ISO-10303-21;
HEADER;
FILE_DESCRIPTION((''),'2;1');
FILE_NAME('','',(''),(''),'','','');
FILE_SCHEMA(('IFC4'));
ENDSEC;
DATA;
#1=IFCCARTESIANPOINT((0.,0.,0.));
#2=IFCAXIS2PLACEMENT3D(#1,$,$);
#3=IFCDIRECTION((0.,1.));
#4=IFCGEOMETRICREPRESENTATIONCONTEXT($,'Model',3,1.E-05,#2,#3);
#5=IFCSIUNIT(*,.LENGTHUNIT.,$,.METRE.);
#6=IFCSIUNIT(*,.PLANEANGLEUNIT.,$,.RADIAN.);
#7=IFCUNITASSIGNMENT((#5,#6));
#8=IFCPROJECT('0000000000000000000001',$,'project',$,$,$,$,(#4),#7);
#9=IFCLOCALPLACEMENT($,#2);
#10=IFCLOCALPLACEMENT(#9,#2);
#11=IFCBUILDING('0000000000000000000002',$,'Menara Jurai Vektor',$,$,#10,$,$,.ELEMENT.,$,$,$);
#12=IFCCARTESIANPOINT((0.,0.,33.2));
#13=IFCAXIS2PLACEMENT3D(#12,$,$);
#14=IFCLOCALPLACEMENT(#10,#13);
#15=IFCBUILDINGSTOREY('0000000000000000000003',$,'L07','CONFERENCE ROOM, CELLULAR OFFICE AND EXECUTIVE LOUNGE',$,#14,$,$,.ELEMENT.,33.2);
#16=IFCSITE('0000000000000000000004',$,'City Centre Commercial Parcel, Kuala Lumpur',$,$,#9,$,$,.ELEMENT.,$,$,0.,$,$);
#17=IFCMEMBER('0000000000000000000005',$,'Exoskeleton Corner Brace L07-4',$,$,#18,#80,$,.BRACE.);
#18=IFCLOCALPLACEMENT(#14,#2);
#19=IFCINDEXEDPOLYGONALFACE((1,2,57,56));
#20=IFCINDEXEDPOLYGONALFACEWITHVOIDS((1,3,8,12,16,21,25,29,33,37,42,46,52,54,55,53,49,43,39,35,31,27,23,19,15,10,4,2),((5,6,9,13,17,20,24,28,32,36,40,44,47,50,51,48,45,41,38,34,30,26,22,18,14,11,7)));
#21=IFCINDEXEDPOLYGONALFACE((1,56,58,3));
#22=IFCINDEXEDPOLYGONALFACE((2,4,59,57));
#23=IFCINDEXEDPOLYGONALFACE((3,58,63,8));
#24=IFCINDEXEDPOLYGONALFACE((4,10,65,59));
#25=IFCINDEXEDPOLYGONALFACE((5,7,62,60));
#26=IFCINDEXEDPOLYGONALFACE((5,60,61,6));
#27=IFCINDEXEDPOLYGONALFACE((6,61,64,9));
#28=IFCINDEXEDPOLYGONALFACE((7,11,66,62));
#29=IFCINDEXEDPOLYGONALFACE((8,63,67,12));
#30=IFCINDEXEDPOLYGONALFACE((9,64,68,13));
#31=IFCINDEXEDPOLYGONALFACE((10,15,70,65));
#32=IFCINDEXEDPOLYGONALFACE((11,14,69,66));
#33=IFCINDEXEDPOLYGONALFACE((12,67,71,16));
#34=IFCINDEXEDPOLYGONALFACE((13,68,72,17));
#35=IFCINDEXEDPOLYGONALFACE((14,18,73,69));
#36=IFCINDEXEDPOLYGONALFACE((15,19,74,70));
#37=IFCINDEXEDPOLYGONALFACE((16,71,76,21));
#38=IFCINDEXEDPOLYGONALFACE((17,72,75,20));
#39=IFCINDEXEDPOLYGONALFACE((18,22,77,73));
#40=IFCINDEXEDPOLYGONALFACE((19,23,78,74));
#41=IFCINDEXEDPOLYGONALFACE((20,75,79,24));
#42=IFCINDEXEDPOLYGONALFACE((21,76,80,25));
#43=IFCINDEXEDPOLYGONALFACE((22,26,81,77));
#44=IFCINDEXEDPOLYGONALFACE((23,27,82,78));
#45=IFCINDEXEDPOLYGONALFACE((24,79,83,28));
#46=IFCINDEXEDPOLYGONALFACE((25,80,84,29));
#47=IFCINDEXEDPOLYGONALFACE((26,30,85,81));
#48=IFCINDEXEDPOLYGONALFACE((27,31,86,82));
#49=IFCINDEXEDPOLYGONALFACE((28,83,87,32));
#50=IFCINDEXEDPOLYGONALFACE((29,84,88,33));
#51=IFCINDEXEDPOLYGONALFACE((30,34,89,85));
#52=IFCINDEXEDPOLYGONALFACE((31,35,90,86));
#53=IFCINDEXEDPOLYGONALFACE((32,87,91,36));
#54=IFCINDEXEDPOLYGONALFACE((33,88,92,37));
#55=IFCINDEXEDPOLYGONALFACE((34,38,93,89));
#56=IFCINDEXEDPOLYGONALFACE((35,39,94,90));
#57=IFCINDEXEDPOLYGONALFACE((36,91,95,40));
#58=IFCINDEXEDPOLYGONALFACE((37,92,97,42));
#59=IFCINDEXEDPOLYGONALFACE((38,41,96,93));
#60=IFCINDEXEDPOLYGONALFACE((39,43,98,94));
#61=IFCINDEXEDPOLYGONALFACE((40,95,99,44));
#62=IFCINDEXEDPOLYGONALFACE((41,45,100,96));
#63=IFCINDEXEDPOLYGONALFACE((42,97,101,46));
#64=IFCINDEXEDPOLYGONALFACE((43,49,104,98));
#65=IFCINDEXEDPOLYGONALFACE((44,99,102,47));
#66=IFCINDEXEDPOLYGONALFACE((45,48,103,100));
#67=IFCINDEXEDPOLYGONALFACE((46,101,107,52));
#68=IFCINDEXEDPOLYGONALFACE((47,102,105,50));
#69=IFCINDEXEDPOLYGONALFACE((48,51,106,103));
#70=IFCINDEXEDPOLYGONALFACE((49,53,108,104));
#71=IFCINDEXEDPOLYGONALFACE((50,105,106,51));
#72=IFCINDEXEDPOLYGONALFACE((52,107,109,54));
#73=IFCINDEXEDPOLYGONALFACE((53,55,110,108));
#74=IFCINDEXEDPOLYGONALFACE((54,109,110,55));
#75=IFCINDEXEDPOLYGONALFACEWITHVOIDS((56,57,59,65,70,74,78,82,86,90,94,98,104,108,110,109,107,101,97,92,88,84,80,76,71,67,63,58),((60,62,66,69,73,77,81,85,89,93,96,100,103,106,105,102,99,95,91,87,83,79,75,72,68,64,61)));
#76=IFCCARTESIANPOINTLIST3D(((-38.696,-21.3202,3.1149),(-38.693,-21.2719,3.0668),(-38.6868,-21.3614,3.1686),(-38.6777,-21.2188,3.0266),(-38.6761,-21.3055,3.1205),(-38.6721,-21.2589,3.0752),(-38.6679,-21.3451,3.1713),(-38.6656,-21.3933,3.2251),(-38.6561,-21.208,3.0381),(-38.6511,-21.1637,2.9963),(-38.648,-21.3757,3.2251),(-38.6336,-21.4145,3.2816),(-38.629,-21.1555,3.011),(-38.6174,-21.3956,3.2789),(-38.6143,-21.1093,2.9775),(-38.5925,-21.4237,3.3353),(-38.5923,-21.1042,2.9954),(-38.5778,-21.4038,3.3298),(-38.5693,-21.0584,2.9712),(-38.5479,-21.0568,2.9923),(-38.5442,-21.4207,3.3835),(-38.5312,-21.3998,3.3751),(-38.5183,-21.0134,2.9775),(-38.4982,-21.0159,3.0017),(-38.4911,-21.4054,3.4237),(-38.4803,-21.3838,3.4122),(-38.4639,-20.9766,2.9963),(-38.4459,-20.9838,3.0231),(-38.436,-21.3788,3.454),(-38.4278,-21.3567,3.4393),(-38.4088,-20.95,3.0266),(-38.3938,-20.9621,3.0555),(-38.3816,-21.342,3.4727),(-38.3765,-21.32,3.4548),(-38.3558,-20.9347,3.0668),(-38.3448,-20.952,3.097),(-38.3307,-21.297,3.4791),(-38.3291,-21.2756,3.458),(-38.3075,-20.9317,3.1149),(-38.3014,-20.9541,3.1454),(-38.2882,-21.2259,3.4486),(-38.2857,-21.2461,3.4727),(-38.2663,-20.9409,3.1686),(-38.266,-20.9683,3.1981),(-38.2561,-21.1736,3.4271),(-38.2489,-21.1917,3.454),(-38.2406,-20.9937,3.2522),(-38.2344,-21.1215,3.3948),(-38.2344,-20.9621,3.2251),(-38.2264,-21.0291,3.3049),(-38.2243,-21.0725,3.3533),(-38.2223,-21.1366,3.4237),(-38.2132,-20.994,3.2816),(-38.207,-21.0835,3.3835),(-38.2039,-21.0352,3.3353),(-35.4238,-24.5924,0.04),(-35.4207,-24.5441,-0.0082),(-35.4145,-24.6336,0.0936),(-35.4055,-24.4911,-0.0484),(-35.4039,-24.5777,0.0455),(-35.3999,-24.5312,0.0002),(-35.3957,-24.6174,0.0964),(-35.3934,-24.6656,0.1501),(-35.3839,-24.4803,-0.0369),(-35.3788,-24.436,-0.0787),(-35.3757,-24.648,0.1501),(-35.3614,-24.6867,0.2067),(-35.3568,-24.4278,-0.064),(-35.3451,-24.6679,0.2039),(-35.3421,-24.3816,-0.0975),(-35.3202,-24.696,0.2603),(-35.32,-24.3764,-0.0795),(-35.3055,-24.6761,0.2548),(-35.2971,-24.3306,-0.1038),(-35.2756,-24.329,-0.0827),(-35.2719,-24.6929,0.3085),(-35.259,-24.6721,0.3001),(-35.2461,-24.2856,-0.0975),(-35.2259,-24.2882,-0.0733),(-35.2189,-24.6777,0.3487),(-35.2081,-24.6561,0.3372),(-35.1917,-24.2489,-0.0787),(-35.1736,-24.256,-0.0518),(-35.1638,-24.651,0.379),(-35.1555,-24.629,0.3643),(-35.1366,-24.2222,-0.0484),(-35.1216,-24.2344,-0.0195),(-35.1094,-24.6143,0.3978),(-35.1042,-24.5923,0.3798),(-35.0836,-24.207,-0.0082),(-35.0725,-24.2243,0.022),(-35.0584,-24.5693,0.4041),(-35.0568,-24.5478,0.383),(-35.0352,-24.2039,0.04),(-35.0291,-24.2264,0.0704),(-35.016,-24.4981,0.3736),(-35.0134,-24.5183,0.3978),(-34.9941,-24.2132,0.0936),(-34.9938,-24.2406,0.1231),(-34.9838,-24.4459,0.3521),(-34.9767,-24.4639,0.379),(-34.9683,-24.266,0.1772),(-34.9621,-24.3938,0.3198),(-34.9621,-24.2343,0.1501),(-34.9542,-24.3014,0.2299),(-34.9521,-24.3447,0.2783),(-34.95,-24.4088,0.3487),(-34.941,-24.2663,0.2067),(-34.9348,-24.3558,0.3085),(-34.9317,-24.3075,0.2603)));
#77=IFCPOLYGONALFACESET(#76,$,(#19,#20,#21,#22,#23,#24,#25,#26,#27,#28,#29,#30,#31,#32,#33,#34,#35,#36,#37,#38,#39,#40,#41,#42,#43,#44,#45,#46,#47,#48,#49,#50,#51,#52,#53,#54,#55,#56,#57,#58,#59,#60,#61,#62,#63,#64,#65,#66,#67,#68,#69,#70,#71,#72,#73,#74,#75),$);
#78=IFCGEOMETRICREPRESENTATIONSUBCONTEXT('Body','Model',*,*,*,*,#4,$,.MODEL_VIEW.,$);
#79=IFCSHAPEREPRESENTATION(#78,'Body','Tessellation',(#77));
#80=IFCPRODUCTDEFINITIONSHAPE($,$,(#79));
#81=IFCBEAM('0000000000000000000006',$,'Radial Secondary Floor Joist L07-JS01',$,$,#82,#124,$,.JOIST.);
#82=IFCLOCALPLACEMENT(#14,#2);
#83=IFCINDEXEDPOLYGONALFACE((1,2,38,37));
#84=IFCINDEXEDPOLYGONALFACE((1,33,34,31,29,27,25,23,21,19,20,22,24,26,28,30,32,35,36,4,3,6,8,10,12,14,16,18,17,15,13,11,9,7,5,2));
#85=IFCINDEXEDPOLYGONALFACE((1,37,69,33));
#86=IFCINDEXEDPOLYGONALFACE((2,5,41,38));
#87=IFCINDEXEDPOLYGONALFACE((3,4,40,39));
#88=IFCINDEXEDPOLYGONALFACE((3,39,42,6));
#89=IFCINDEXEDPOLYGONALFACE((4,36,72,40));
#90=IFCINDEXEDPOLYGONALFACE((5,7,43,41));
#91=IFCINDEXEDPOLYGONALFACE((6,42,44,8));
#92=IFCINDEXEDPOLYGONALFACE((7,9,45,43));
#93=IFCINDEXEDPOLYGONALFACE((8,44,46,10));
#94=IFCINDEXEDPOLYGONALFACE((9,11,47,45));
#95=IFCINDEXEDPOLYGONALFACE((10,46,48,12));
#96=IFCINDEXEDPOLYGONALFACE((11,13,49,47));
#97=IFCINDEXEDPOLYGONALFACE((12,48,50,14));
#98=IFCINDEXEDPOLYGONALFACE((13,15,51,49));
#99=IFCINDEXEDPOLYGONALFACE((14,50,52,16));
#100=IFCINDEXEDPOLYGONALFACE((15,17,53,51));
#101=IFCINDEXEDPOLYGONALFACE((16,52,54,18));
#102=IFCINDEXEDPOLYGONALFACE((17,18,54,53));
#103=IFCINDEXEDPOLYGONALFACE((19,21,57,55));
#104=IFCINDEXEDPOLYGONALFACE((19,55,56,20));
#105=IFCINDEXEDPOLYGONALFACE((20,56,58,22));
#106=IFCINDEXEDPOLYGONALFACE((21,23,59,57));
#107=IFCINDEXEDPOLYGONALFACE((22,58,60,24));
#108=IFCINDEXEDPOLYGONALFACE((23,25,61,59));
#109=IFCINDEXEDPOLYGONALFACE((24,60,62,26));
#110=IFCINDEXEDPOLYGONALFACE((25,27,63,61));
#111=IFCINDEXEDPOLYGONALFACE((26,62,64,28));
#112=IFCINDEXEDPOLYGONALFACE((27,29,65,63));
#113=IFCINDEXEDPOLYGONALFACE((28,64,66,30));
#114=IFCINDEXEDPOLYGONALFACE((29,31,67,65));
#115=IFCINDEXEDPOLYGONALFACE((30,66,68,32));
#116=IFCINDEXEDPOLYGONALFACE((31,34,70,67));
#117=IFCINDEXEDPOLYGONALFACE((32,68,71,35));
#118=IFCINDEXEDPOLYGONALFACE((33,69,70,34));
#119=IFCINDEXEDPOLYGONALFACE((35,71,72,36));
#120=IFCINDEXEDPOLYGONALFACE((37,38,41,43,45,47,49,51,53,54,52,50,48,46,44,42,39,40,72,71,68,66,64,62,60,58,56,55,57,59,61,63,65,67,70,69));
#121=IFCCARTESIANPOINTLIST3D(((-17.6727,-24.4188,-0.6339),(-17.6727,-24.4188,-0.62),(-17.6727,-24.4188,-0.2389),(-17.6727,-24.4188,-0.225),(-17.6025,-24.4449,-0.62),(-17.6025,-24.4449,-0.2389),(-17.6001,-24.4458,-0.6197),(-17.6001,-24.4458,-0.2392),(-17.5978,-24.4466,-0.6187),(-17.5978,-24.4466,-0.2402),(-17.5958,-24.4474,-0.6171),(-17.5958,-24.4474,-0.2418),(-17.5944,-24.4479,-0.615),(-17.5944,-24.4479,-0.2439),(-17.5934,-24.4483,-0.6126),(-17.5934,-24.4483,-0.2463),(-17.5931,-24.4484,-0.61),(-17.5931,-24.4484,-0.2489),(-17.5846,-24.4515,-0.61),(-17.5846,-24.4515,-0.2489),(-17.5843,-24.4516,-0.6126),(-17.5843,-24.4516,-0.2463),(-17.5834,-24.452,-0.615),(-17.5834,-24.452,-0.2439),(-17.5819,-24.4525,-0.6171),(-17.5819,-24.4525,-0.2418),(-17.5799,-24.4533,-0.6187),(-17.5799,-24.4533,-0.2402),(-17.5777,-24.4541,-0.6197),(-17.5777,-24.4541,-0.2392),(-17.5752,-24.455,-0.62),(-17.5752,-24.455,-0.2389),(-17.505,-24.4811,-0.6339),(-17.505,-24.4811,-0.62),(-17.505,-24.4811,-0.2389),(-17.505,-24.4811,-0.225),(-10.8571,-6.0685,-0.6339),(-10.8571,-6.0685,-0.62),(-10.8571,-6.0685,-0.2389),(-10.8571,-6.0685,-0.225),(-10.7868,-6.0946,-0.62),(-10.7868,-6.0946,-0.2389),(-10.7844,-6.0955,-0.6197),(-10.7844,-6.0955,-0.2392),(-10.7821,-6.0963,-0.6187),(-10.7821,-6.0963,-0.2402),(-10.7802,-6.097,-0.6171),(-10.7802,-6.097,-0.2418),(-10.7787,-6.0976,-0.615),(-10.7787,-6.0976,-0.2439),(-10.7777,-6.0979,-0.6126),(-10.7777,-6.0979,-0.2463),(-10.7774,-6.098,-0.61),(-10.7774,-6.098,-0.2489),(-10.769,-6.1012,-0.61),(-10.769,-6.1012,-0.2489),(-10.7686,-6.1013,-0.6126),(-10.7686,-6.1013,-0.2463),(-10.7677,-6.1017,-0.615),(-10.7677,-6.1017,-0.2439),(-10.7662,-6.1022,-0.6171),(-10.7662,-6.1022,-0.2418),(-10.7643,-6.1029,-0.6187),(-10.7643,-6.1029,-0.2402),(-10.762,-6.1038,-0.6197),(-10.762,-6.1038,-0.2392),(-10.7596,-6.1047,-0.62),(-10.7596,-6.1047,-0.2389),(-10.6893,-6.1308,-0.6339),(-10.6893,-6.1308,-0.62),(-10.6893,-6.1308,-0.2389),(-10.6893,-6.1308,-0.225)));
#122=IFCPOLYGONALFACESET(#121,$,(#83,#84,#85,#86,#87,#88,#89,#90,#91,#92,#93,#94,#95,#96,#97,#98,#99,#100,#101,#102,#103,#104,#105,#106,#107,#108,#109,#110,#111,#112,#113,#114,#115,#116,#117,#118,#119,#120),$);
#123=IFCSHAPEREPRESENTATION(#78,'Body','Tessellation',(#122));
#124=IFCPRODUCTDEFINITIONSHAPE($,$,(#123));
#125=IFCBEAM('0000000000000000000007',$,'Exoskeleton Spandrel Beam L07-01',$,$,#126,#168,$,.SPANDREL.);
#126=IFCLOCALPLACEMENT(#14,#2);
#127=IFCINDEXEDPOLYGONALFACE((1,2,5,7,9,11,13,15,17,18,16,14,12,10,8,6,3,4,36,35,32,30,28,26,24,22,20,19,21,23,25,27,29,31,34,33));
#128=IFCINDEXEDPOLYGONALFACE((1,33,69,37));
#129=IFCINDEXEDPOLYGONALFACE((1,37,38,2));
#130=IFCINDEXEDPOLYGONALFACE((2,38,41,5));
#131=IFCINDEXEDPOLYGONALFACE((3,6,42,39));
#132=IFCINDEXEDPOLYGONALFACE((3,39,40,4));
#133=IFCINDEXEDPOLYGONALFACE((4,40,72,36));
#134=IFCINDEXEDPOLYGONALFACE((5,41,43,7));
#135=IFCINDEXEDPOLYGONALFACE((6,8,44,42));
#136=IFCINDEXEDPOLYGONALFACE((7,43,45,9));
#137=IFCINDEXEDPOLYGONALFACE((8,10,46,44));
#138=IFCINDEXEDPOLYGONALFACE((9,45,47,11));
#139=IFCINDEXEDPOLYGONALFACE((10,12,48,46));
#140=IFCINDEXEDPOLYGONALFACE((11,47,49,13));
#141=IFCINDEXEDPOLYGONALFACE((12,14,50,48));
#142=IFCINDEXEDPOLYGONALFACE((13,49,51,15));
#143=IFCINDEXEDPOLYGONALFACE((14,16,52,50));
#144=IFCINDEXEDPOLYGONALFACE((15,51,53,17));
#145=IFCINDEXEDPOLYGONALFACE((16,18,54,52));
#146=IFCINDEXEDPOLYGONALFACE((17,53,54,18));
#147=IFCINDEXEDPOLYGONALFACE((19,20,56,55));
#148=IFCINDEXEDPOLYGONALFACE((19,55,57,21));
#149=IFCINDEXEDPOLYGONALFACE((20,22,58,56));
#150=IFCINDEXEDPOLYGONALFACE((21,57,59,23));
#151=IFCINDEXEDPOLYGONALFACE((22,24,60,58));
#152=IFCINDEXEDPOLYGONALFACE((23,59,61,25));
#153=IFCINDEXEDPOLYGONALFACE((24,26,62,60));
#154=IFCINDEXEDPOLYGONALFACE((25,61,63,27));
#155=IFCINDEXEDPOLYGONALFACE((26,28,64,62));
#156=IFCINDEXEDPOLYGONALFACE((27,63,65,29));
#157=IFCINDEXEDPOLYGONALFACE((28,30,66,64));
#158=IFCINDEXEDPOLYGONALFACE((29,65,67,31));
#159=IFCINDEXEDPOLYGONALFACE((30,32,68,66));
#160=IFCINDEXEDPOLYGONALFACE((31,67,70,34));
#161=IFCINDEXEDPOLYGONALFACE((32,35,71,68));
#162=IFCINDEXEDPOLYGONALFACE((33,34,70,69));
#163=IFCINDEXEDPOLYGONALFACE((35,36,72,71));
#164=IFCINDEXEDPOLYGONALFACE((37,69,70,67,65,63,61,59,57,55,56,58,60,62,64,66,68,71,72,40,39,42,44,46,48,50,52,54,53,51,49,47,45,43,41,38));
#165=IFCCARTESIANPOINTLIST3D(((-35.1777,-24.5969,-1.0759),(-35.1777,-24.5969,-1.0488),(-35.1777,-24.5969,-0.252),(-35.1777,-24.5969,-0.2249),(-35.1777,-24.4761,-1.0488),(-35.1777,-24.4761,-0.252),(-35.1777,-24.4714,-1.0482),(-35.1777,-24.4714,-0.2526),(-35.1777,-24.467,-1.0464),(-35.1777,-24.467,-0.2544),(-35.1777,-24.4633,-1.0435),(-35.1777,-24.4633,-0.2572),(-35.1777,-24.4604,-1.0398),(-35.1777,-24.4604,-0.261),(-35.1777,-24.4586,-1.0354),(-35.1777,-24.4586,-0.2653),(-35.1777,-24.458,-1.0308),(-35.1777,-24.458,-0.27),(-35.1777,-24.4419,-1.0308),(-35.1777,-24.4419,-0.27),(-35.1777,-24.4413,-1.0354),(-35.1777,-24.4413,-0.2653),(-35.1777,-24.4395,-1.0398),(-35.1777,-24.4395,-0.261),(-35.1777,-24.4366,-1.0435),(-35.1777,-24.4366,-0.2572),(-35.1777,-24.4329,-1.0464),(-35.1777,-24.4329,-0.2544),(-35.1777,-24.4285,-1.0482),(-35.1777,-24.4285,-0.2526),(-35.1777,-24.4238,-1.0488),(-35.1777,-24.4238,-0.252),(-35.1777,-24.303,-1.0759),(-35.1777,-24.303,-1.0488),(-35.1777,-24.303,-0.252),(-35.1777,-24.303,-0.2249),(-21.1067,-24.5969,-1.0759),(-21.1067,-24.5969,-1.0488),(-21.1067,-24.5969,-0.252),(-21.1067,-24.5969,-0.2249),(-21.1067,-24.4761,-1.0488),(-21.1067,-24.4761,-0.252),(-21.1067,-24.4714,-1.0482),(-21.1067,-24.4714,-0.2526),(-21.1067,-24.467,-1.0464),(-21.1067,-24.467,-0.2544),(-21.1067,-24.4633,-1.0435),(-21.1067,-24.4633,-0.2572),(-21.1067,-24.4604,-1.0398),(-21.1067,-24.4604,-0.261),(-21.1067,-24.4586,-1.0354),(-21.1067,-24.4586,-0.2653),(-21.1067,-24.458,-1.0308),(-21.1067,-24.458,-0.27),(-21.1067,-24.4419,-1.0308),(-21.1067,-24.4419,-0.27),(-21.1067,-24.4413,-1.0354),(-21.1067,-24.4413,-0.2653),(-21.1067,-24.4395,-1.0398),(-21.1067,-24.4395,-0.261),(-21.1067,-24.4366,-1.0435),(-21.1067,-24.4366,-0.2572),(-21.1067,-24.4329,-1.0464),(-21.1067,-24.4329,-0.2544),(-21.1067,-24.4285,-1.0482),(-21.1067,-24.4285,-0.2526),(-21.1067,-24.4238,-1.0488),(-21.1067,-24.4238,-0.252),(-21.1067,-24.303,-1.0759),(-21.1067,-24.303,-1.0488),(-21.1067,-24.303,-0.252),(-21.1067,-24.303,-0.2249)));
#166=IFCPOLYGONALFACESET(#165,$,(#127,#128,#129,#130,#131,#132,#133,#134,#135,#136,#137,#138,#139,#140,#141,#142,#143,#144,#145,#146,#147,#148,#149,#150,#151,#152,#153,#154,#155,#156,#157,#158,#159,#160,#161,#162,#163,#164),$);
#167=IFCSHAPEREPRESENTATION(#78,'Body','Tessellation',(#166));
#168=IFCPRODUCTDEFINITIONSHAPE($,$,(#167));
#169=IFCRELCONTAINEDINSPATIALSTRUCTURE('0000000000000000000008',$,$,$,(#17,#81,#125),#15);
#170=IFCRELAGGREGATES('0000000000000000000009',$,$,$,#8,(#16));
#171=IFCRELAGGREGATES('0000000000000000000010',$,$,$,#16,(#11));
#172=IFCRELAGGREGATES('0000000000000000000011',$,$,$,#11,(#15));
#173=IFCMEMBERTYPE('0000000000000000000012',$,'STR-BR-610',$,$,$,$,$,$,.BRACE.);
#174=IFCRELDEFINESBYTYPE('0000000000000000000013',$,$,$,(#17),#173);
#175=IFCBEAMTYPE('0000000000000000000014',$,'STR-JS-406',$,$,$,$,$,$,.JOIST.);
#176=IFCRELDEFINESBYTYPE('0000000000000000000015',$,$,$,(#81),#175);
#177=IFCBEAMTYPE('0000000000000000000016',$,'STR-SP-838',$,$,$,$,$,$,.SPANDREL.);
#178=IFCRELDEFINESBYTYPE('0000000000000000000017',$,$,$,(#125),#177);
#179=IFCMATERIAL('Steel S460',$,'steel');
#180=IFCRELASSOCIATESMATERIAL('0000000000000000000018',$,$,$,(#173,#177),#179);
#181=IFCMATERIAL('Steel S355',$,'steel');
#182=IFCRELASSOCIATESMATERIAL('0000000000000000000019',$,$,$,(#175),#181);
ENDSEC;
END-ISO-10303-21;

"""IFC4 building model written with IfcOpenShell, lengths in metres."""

from ifc_helpers import new_model, si_unit, direction, frame, origin, origin_2d, place, context, subcontext, project, spatial, hollow_circle, i_section, extrude, material, material_profile, profile_set, type_object, element, save


model = new_model("IFC4")

# Units and contexts
model_context = context("Model", 3, precision=1e-05, world=origin(), true_north=direction((0.0, 1.0)))
body_context = subcontext(model_context, "Body", "Model", "MODEL_VIEW")
ifc_project = project(units=[si_unit("LENGTHUNIT", "METRE"), si_unit("PLANEANGLEUNIT", "RADIAN")], contexts=[model_context])

# Site, building, storey
site_placement = place(None, origin())
site = spatial("IfcSite", under=ifc_project, at=site_placement, Name="City Centre Commercial Parcel, Kuala Lumpur", CompositionType="ELEMENT", RefElevation=0.0)
building_placement = place(site_placement, origin())
building = spatial("IfcBuilding", under=site, at=building_placement, Name="Menara Jurai Vektor", CompositionType="ELEMENT")
storey_placement = place(building_placement, frame((0.0, 0.0, 33.2)))
storey = spatial("IfcBuildingStorey", under=building, at=storey_placement, Name="L07", Description="CONFERENCE ROOM, CELLULAR OFFICE AND EXECUTIVE LOUNGE", CompositionType="ELEMENT", Elevation=33.2)

# Shared definitions
ifc_material_1 = material(Name="Steel S460", Category="steel")

# Shared definitions
ifc_material_2 = material(Name="Steel S355", Category="steel")

# Member
ifc_material_profile_1 = material_profile(ifc_material_1, hollow_circle(Radius=0.3049, WallThickness=0.0249, at=origin_2d()), Name="CHS 610x25")
ifc_profile_set_1 = profile_set([ifc_material_profile_1], Name="Steel S460")
member_type_1 = type_object("IfcMemberType", Name="STR-BR-610", PredefinedType="BRACE", material=ifc_profile_set_1)
member_1_placement = place(storey_placement, frame((-35.1777, -24.45, 0.1501), z_axis=(-0.588942, 0.588942, 0.553438), x_axis=(-0.707107, -0.707107, 0.0)))
element("IfcMember", 1, at=member_1_placement, inside=storey, type_object=member_type_1, Name="Exoskeleton Corner Brace L07-4", PredefinedType="BRACE", context=body_context, shape_type="SweptSolid", body=[
    extrude(hollow_circle(Radius=0.3049, WallThickness=0.0249, at=origin_2d()), origin(), (0.0, 0.0, 1.0), 5.5562),
])

# Beams
ifc_material_profile_2 = material_profile(ifc_material_2, i_section(OverallWidth=0.179, OverallDepth=0.4089, WebThickness=0.009, FlangeThickness=0.0139, FilletRadius=0.01, at=origin_2d()), Name="UKB 406x178x67")
ifc_profile_set_2 = profile_set([ifc_material_profile_2], Name="Steel S355")
beam_type_1 = type_object("IfcBeamType", Name="STR-JS-406", PredefinedType="JOIST", material=ifc_profile_set_2)
beam_1_placement = place(storey_placement, frame((-17.5889, -24.45, -0.4294), z_axis=(0.348179, 0.937428, 0.0), x_axis=(-0.937428, 0.348179, 0.0)))
element("IfcBeam", 2, at=beam_1_placement, inside=storey, type_object=beam_type_1, Name="Radial Secondary Floor Joist L07-JS01", PredefinedType="JOIST", context=body_context, shape_type="SweptSolid", body=[
    extrude(i_section(OverallWidth=0.179, OverallDepth=0.4089, WebThickness=0.009, FlangeThickness=0.0139, FilletRadius=0.01, at=origin_2d()), origin(), (0.0, 0.0, 1.0), 19.5752),
])
ifc_material_profile_3 = material_profile(ifc_material_1, i_section(OverallWidth=0.2939, OverallDepth=0.8511, WebThickness=0.0161, FlangeThickness=0.0271, FilletRadius=0.0181, at=origin_2d()), Name="UKB 838x292x226")
ifc_profile_set_3 = profile_set([ifc_material_profile_3], Name="Steel S460")
beam_type_2 = type_object("IfcBeamType", Name="STR-SP-838", PredefinedType="SPANDREL", material=ifc_profile_set_3)
for number, where, z_axis, x_axis, name in (
    (3, (-35.1777, -24.45, -0.6504), (1.0, 0.0, 0.0), (0.0, 1.0, 0.0), "Exoskeleton Spandrel Beam L07-01"),
):
    element("IfcBeam", number, at=place(storey_placement, frame(where, z_axis=z_axis, x_axis=x_axis)), inside=storey, type_object=beam_type_2, Name=name, PredefinedType="SPANDREL", context=body_context, shape_type="SweptSolid", body=[
        extrude(i_section(OverallWidth=0.2939, OverallDepth=0.8511, WebThickness=0.0161, FlangeThickness=0.0271, FilletRadius=0.0181, at=origin_2d()), origin(), (0.0, 0.0, 1.0), 14.071),
    ])

save(model, "model.ifc")
